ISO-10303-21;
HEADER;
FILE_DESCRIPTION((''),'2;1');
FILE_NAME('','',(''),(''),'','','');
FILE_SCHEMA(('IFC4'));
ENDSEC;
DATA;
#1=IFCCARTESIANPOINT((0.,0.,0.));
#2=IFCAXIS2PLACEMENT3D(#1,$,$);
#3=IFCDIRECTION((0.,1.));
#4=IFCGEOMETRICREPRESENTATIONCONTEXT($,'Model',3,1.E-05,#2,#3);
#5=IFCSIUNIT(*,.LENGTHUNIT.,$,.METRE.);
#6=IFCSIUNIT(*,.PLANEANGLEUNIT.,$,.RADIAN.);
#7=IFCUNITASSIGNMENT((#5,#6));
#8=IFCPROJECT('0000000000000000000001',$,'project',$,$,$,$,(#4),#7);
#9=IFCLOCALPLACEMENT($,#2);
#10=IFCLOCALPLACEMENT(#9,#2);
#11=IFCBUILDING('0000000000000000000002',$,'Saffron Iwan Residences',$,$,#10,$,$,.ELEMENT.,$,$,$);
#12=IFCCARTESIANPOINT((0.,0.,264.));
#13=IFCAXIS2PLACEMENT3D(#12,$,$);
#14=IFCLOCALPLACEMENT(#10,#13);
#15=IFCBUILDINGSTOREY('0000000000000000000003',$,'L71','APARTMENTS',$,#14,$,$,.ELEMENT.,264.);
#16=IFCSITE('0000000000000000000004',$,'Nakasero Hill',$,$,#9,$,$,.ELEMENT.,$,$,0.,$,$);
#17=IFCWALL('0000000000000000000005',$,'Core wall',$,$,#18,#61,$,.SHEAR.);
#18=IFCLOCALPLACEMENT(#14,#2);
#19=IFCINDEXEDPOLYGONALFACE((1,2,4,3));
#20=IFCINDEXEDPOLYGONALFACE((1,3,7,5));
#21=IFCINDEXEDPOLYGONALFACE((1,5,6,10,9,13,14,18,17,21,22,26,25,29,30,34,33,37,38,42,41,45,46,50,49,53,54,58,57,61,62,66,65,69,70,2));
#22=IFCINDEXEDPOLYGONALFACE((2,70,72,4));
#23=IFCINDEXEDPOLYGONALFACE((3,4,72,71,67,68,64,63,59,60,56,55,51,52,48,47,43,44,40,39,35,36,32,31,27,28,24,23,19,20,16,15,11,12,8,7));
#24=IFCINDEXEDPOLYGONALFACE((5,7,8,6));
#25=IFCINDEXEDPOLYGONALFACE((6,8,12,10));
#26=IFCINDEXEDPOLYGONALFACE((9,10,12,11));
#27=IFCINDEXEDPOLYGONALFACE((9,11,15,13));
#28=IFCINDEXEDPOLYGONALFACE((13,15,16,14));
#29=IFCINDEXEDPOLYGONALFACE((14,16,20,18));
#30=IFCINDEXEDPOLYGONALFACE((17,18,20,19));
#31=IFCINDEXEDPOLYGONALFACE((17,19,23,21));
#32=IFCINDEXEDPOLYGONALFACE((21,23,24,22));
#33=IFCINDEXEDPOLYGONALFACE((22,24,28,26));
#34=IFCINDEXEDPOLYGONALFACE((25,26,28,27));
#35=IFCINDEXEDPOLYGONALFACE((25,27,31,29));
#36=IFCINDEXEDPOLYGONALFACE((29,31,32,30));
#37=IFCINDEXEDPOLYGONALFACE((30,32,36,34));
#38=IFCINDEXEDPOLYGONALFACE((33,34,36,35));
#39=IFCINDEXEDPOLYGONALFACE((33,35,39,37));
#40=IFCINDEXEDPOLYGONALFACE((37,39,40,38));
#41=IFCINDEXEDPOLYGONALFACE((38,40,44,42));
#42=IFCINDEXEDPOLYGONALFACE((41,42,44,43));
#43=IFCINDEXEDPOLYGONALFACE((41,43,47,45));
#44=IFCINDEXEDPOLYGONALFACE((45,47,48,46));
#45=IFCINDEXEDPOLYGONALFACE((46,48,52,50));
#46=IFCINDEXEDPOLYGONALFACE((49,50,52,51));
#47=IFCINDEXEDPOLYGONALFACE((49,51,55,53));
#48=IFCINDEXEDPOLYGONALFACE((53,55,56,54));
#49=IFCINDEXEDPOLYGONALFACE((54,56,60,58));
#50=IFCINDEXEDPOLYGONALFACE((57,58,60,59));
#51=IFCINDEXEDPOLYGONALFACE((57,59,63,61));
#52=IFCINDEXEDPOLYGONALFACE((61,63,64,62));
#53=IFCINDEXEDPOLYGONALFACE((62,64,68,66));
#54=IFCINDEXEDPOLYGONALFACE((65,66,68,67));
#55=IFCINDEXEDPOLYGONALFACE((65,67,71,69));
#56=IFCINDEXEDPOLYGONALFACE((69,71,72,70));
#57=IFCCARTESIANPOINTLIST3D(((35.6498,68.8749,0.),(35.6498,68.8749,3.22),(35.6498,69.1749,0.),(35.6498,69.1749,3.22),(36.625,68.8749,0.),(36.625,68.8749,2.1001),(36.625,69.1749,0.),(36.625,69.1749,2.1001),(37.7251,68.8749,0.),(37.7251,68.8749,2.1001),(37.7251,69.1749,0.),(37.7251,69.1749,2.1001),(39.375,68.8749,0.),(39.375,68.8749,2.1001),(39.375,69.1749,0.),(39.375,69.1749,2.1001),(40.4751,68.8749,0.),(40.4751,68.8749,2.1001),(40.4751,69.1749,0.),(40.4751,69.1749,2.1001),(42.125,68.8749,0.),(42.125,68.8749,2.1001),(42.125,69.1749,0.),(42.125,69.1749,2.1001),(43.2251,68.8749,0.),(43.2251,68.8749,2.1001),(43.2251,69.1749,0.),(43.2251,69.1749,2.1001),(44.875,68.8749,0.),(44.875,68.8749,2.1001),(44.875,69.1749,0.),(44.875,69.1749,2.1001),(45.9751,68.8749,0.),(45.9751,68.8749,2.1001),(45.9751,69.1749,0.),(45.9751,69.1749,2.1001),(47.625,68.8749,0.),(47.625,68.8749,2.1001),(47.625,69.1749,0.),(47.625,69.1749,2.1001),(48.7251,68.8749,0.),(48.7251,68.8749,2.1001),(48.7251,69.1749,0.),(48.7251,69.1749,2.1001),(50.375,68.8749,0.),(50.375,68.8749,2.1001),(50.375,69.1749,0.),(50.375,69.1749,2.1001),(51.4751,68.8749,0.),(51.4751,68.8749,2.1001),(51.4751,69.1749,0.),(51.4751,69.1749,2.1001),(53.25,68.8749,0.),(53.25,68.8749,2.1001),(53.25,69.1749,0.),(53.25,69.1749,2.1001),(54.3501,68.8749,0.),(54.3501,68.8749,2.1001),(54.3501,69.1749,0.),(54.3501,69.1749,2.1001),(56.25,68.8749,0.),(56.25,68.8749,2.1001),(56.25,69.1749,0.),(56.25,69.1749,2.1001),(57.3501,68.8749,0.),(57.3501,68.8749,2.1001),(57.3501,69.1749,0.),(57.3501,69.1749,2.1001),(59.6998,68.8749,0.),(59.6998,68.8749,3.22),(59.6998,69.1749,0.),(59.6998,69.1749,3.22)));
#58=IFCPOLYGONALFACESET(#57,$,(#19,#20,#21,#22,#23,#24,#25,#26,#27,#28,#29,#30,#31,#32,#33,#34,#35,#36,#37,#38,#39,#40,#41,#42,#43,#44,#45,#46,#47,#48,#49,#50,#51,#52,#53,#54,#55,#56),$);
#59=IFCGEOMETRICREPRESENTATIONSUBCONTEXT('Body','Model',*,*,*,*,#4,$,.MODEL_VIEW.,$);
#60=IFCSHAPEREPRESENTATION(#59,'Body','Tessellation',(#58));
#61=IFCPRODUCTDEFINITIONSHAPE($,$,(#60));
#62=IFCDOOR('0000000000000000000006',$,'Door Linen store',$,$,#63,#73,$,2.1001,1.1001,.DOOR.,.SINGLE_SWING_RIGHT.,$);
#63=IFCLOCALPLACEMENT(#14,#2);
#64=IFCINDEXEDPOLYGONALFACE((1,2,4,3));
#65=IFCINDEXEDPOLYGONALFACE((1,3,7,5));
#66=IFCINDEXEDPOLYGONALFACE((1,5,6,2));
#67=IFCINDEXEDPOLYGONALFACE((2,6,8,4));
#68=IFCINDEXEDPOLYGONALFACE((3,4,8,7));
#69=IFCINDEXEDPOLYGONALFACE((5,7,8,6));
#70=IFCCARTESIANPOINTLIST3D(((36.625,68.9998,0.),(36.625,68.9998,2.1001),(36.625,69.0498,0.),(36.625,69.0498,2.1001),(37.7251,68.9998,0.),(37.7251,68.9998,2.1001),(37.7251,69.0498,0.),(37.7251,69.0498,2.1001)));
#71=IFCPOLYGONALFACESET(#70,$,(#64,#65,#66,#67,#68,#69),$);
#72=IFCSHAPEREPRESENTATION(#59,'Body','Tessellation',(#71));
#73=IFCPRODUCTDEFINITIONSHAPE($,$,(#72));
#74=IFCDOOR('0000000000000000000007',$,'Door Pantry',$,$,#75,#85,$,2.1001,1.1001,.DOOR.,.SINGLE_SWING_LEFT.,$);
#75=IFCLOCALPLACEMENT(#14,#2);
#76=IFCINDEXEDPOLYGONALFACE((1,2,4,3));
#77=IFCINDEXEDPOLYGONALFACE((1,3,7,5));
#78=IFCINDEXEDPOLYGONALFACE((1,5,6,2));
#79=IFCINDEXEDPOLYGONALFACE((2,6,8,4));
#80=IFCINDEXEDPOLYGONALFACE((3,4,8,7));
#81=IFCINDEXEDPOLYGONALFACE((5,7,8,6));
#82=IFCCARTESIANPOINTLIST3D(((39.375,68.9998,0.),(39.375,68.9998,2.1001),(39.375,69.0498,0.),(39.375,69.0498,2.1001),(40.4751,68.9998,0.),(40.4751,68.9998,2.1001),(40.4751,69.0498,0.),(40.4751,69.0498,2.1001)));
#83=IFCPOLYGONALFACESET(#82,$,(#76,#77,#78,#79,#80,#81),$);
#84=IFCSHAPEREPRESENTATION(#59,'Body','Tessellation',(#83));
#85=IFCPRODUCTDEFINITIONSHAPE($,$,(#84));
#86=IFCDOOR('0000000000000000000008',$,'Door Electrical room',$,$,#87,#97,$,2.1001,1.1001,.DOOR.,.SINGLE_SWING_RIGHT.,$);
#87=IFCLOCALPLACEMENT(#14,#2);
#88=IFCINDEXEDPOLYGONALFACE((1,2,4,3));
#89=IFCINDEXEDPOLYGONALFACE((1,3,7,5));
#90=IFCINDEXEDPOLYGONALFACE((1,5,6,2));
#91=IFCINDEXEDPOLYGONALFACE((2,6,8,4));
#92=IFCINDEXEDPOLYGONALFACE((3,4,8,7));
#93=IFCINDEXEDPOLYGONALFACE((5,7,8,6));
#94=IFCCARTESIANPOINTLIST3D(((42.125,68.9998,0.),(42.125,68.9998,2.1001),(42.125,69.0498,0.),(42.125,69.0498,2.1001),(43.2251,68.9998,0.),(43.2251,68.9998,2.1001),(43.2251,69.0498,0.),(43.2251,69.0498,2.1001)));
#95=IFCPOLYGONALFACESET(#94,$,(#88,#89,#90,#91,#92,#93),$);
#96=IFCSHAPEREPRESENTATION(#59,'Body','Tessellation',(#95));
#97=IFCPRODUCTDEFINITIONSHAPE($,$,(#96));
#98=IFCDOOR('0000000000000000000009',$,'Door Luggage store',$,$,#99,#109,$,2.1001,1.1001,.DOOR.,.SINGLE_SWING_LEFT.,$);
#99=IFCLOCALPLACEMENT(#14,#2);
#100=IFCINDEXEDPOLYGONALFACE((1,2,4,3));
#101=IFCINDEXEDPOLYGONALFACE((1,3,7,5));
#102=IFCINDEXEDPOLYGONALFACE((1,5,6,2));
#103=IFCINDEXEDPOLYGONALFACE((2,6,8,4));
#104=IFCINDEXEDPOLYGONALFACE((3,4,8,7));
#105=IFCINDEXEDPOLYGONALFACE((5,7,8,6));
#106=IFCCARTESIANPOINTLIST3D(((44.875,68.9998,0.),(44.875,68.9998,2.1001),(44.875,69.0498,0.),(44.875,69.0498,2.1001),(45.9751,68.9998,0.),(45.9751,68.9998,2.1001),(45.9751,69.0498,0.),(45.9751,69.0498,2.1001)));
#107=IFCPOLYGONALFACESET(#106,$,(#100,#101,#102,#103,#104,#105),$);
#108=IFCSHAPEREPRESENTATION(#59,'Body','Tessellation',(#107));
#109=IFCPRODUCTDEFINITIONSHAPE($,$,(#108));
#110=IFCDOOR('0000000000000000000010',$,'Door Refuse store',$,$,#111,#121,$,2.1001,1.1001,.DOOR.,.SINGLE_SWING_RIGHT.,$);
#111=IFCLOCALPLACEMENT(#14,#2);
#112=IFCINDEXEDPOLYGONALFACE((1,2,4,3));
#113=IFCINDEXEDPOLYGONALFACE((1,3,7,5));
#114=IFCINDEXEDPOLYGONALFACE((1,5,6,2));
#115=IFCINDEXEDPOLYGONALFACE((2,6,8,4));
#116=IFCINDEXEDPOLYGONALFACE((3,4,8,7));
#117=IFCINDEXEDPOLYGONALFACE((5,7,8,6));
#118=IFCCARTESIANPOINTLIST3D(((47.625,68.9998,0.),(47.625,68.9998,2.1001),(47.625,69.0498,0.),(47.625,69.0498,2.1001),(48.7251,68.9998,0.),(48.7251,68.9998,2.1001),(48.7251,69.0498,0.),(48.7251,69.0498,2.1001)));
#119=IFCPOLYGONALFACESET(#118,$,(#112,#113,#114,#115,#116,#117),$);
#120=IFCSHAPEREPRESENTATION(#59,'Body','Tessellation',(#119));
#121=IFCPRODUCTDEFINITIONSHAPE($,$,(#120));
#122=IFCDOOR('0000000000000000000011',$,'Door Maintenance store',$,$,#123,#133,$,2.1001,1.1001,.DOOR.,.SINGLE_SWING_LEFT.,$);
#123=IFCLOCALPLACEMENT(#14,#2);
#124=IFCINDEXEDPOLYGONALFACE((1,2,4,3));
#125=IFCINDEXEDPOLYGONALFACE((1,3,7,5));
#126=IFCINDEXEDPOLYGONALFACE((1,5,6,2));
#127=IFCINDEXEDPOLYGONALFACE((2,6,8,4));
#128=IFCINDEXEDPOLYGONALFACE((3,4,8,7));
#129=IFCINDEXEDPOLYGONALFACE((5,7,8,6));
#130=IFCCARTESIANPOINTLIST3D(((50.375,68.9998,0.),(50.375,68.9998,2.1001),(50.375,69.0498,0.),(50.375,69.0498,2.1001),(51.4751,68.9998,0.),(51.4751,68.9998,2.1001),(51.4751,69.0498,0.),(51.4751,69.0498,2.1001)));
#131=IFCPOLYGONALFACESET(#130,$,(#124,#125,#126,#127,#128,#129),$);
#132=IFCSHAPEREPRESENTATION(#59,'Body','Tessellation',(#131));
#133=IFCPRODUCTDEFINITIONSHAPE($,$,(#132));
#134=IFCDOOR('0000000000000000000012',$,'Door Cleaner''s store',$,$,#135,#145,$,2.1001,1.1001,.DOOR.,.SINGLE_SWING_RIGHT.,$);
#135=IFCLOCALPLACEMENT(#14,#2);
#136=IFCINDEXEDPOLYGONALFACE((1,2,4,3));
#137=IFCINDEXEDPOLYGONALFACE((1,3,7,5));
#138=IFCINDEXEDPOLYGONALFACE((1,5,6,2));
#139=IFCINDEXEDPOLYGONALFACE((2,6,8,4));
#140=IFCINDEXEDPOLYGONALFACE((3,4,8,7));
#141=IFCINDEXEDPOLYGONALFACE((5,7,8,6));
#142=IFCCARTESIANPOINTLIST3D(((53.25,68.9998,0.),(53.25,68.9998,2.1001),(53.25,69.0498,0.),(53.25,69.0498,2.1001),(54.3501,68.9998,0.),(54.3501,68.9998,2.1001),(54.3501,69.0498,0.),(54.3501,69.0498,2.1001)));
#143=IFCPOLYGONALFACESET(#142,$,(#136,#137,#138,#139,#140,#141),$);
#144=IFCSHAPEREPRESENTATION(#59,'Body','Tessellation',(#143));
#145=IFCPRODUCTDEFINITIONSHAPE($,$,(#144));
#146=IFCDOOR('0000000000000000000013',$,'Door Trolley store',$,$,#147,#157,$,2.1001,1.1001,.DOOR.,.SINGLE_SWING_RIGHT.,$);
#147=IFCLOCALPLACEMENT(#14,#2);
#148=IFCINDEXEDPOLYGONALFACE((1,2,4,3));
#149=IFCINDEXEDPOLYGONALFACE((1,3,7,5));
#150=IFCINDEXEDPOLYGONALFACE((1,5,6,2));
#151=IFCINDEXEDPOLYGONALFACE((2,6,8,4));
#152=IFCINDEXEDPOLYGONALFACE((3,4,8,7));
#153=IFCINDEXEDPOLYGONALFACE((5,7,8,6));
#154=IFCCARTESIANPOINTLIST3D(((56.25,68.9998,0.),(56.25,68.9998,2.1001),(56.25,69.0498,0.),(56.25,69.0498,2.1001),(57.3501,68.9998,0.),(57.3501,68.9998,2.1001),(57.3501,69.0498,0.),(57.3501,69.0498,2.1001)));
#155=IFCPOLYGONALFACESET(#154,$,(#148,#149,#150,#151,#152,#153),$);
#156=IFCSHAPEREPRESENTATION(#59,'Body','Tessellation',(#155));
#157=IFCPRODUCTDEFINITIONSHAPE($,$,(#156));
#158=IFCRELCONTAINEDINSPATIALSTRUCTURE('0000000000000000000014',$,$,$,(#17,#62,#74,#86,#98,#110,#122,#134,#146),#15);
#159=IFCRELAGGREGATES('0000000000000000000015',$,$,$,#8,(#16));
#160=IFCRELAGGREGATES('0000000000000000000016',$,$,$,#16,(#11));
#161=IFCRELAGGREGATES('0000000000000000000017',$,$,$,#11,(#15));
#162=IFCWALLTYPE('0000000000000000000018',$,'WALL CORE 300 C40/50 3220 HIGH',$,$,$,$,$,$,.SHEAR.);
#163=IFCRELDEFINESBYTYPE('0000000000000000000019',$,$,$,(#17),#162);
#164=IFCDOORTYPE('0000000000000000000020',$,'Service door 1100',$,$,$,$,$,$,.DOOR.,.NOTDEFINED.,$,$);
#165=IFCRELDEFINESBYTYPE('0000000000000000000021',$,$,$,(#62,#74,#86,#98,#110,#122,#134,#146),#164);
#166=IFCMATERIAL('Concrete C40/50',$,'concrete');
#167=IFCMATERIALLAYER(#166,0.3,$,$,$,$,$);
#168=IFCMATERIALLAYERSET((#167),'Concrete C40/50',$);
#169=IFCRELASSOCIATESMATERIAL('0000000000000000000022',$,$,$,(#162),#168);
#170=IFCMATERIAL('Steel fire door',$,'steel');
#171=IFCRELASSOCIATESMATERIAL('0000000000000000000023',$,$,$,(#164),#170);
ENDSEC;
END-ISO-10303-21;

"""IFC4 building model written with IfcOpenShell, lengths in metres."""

from ifc_helpers import new_model, si_unit, direction, frame, frame_2d, origin, place, context, subcontext, project, spatial, rectangle, extrude, material, layer, layer_set, type_object, element, fill, save


model = new_model("IFC4")

# Units and contexts
model_context = context("Model", 3, precision=1e-05, world=origin(), true_north=direction((0.0, 1.0)))
body_context = subcontext(model_context, "Body", "Model", "MODEL_VIEW")
ifc_project = project(units=[si_unit("LENGTHUNIT", "METRE"), si_unit("PLANEANGLEUNIT", "RADIAN")], contexts=[model_context])

# Site, building, storey
site_placement = place(None, origin())
site = spatial("IfcSite", under=ifc_project, at=site_placement, Name="Nakasero Hill", CompositionType="ELEMENT", RefElevation=0.0)
building_placement = place(site_placement, origin())
building = spatial("IfcBuilding", under=site, at=building_placement, Name="Saffron Iwan Residences", CompositionType="ELEMENT")
storey_placement = place(building_placement, frame((0.0, 0.0, 264.0)))
storey = spatial("IfcBuildingStorey", under=building, at=storey_placement, Name="L71", Description="APARTMENTS", CompositionType="ELEMENT", Elevation=264.0)

# Shared definitions
ifc_material_1 = material(Name="Concrete C40/50", Category="concrete")

# Shared definitions
ifc_material_2 = material(Name="Steel fire door", Category="steel")

# Wall, openings, doors
ifc_layer_1 = layer(ifc_material_1, 0.3)
ifc_layer_set_1 = layer_set([ifc_layer_1], Name="Concrete C40/50")
wall_type_1 = type_object("IfcWallType", Name="WALL CORE 300 C40/50 3220 HIGH", PredefinedType="SHEAR", material=ifc_layer_set_1)
wall_1_placement = place(storey_placement, frame((35.6499, 69.0249, 0.0), z_axis=(0.0, 0.0, 1.0), x_axis=(1.0, 0.0, 0.0)))
wall_1 = element("IfcWall", 1, at=wall_1_placement, inside=storey, type_object=wall_type_1, Name="Core wall", PredefinedType="SHEAR", context=body_context, shape_type="SweptSolid", body=[
    extrude(rectangle(XDim=24.05, YDim=0.3, at=frame_2d((12.0249, 0.0))), origin(), (0.0, 0.0, 1.0), 3.22),
])
opening_1_placement = place(wall_1_placement, frame((0.9751, 0.0, 0.0)))
opening_1 = element("IfcOpeningElement", 2, at=opening_1_placement, cuts=wall_1, PredefinedType="OPENING", context=body_context, shape_type="SweptSolid", body=[
    extrude(rectangle(XDim=1.1001, YDim=2.1001, at=frame_2d((0.55, 1.05))), frame((0.0, 0.1602, 0.0), z_axis=(0.0, -1.0, 0.0), x_axis=(1.0, 0.0, 0.0)), (0.0, 0.0, 1.0), 0.3201),
])
opening_2_placement = place(wall_1_placement, frame((3.7251, 0.0, 0.0)))
opening_2 = element("IfcOpeningElement", 3, at=opening_2_placement, cuts=wall_1, PredefinedType="OPENING", context=body_context, shape_type="SweptSolid", body=[
    extrude(rectangle(XDim=1.1001, YDim=2.1001, at=frame_2d((0.55, 1.05))), frame((0.0, 0.1602, 0.0), z_axis=(0.0, -1.0, 0.0), x_axis=(1.0, 0.0, 0.0)), (0.0, 0.0, 1.0), 0.3201),
])
opening_3_placement = place(wall_1_placement, frame((6.4751, 0.0, 0.0)))
opening_3 = element("IfcOpeningElement", 4, at=opening_3_placement, cuts=wall_1, PredefinedType="OPENING", context=body_context, shape_type="SweptSolid", body=[
    extrude(rectangle(XDim=1.1001, YDim=2.1001, at=frame_2d((0.55, 1.05))), frame((0.0, 0.1602, 0.0), z_axis=(0.0, -1.0, 0.0), x_axis=(1.0, 0.0, 0.0)), (0.0, 0.0, 1.0), 0.3201),
])
opening_4_placement = place(wall_1_placement, frame((9.2251, 0.0, 0.0)))
opening_4 = element("IfcOpeningElement", 5, at=opening_4_placement, cuts=wall_1, PredefinedType="OPENING", context=body_context, shape_type="SweptSolid", body=[
    extrude(rectangle(XDim=1.1001, YDim=2.1001, at=frame_2d((0.55, 1.05))), frame((0.0, 0.1602, 0.0), z_axis=(0.0, -1.0, 0.0), x_axis=(1.0, 0.0, 0.0)), (0.0, 0.0, 1.0), 0.3201),
])
opening_5_placement = place(wall_1_placement, frame((11.9751, 0.0, 0.0)))
opening_5 = element("IfcOpeningElement", 6, at=opening_5_placement, cuts=wall_1, PredefinedType="OPENING", context=body_context, shape_type="SweptSolid", body=[
    extrude(rectangle(XDim=1.1001, YDim=2.1001, at=frame_2d((0.55, 1.05))), frame((0.0, 0.1602, 0.0), z_axis=(0.0, -1.0, 0.0), x_axis=(1.0, 0.0, 0.0)), (0.0, 0.0, 1.0), 0.3201),
])
opening_6_placement = place(wall_1_placement, frame((14.7251, 0.0, 0.0)))
opening_6 = element("IfcOpeningElement", 7, at=opening_6_placement, cuts=wall_1, PredefinedType="OPENING", context=body_context, shape_type="SweptSolid", body=[
    extrude(rectangle(XDim=1.1001, YDim=2.1001, at=frame_2d((0.55, 1.05))), frame((0.0, 0.1602, 0.0), z_axis=(0.0, -1.0, 0.0), x_axis=(1.0, 0.0, 0.0)), (0.0, 0.0, 1.0), 0.3201),
])
opening_7_placement = place(wall_1_placement, frame((17.6001, 0.0, 0.0)))
opening_7 = element("IfcOpeningElement", 8, at=opening_7_placement, cuts=wall_1, PredefinedType="OPENING", context=body_context, shape_type="SweptSolid", body=[
    extrude(rectangle(XDim=1.1001, YDim=2.1001, at=frame_2d((0.55, 1.05))), frame((0.0, 0.1602, 0.0), z_axis=(0.0, -1.0, 0.0), x_axis=(1.0, 0.0, 0.0)), (0.0, 0.0, 1.0), 0.3201),
])
opening_8_placement = place(wall_1_placement, frame((20.6001, 0.0, 0.0)))
opening_8 = element("IfcOpeningElement", 9, at=opening_8_placement, cuts=wall_1, PredefinedType="OPENING", context=body_context, shape_type="SweptSolid", body=[
    extrude(rectangle(XDim=1.1001, YDim=2.1001, at=frame_2d((0.55, 1.05))), frame((0.0, 0.1602, 0.0), z_axis=(0.0, -1.0, 0.0), x_axis=(1.0, 0.0, 0.0)), (0.0, 0.0, 1.0), 0.3201),
])
door_type_1 = type_object("IfcDoorType", Name="Service door 1100", OperationType="NOTDEFINED", PredefinedType="DOOR", material=ifc_material_2)
door_1_placement = place(opening_1_placement, origin())
door_1 = element("IfcDoor", 10, at=door_1_placement, inside=storey, type_object=door_type_1, Name="Door Linen store", OperationType="SINGLE_SWING_RIGHT", OverallHeight=2.1001, OverallWidth=1.1001, PredefinedType="DOOR", context=body_context, shape_type="SweptSolid", body=[
    extrude(rectangle(XDim=1.1001, YDim=2.1001, at=frame_2d((0.55, 1.05))), frame((0.0, 0.0249, 0.0), z_axis=(0.0, -1.0, 0.0), x_axis=(1.0, 0.0, 0.0)), (0.0, 0.0, 1.0), 0.05),
])
fill(opening_1, door_1)
door_2_placement = place(opening_2_placement, origin())
door_2 = element("IfcDoor", 11, at=door_2_placement, inside=storey, type_object=door_type_1, Name="Door Pantry", OperationType="SINGLE_SWING_LEFT", OverallHeight=2.1001, OverallWidth=1.1001, PredefinedType="DOOR", context=body_context, shape_type="SweptSolid", body=[
    extrude(rectangle(XDim=1.1001, YDim=2.1001, at=frame_2d((0.55, 1.05))), frame((0.0, 0.0249, 0.0), z_axis=(0.0, -1.0, 0.0), x_axis=(1.0, 0.0, 0.0)), (0.0, 0.0, 1.0), 0.05),
])
fill(opening_2, door_2)
door_3_placement = place(opening_3_placement, origin())
door_3 = element("IfcDoor", 12, at=door_3_placement, inside=storey, type_object=door_type_1, Name="Door Electrical room", OperationType="SINGLE_SWING_RIGHT", OverallHeight=2.1001, OverallWidth=1.1001, PredefinedType="DOOR", context=body_context, shape_type="SweptSolid", body=[
    extrude(rectangle(XDim=1.1001, YDim=2.1001, at=frame_2d((0.55, 1.05))), frame((0.0, 0.0249, 0.0), z_axis=(0.0, -1.0, 0.0), x_axis=(1.0, 0.0, 0.0)), (0.0, 0.0, 1.0), 0.05),
])
fill(opening_3, door_3)
door_4_placement = place(opening_4_placement, origin())
door_4 = element("IfcDoor", 13, at=door_4_placement, inside=storey, type_object=door_type_1, Name="Door Luggage store", OperationType="SINGLE_SWING_LEFT", OverallHeight=2.1001, OverallWidth=1.1001, PredefinedType="DOOR", context=body_context, shape_type="SweptSolid", body=[
    extrude(rectangle(XDim=1.1001, YDim=2.1001, at=frame_2d((0.55, 1.05))), frame((0.0, 0.0249, 0.0), z_axis=(0.0, -1.0, 0.0), x_axis=(1.0, 0.0, 0.0)), (0.0, 0.0, 1.0), 0.05),
])
fill(opening_4, door_4)
door_5_placement = place(opening_5_placement, origin())
door_5 = element("IfcDoor", 14, at=door_5_placement, inside=storey, type_object=door_type_1, Name="Door Refuse store", OperationType="SINGLE_SWING_RIGHT", OverallHeight=2.1001, OverallWidth=1.1001, PredefinedType="DOOR", context=body_context, shape_type="SweptSolid", body=[
    extrude(rectangle(XDim=1.1001, YDim=2.1001, at=frame_2d((0.55, 1.05))), frame((0.0, 0.0249, 0.0), z_axis=(0.0, -1.0, 0.0), x_axis=(1.0, 0.0, 0.0)), (0.0, 0.0, 1.0), 0.05),
])
fill(opening_5, door_5)
door_6_placement = place(opening_6_placement, origin())
door_6 = element("IfcDoor", 15, at=door_6_placement, inside=storey, type_object=door_type_1, Name="Door Maintenance store", OperationType="SINGLE_SWING_LEFT", OverallHeight=2.1001, OverallWidth=1.1001, PredefinedType="DOOR", context=body_context, shape_type="SweptSolid", body=[
    extrude(rectangle(XDim=1.1001, YDim=2.1001, at=frame_2d((0.55, 1.05))), frame((0.0, 0.0249, 0.0), z_axis=(0.0, -1.0, 0.0), x_axis=(1.0, 0.0, 0.0)), (0.0, 0.0, 1.0), 0.05),
])
fill(opening_6, door_6)
door_7_placement = place(opening_7_placement, origin())
door_7 = element("IfcDoor", 16, at=door_7_placement, inside=storey, type_object=door_type_1, Name="Door Cleaner's store", OperationType="SINGLE_SWING_RIGHT", OverallHeight=2.1001, OverallWidth=1.1001, PredefinedType="DOOR", context=body_context, shape_type="SweptSolid", body=[
    extrude(rectangle(XDim=1.1001, YDim=2.1001, at=frame_2d((0.55, 1.05))), frame((0.0, 0.0249, 0.0), z_axis=(0.0, -1.0, 0.0), x_axis=(1.0, 0.0, 0.0)), (0.0, 0.0, 1.0), 0.05),
])
fill(opening_7, door_7)
door_8_placement = place(opening_8_placement, origin())
door_8 = element("IfcDoor", 17, at=door_8_placement, inside=storey, type_object=door_type_1, Name="Door Trolley store", OperationType="SINGLE_SWING_RIGHT", OverallHeight=2.1001, OverallWidth=1.1001, PredefinedType="DOOR", context=body_context, shape_type="SweptSolid", body=[
    extrude(rectangle(XDim=1.1001, YDim=2.1001, at=frame_2d((0.55, 1.05))), frame((0.0, 0.0249, 0.0), z_axis=(0.0, -1.0, 0.0), x_axis=(1.0, 0.0, 0.0)), (0.0, 0.0, 1.0), 0.05),
])
fill(opening_8, door_8)

save(model, "model.ifc")
